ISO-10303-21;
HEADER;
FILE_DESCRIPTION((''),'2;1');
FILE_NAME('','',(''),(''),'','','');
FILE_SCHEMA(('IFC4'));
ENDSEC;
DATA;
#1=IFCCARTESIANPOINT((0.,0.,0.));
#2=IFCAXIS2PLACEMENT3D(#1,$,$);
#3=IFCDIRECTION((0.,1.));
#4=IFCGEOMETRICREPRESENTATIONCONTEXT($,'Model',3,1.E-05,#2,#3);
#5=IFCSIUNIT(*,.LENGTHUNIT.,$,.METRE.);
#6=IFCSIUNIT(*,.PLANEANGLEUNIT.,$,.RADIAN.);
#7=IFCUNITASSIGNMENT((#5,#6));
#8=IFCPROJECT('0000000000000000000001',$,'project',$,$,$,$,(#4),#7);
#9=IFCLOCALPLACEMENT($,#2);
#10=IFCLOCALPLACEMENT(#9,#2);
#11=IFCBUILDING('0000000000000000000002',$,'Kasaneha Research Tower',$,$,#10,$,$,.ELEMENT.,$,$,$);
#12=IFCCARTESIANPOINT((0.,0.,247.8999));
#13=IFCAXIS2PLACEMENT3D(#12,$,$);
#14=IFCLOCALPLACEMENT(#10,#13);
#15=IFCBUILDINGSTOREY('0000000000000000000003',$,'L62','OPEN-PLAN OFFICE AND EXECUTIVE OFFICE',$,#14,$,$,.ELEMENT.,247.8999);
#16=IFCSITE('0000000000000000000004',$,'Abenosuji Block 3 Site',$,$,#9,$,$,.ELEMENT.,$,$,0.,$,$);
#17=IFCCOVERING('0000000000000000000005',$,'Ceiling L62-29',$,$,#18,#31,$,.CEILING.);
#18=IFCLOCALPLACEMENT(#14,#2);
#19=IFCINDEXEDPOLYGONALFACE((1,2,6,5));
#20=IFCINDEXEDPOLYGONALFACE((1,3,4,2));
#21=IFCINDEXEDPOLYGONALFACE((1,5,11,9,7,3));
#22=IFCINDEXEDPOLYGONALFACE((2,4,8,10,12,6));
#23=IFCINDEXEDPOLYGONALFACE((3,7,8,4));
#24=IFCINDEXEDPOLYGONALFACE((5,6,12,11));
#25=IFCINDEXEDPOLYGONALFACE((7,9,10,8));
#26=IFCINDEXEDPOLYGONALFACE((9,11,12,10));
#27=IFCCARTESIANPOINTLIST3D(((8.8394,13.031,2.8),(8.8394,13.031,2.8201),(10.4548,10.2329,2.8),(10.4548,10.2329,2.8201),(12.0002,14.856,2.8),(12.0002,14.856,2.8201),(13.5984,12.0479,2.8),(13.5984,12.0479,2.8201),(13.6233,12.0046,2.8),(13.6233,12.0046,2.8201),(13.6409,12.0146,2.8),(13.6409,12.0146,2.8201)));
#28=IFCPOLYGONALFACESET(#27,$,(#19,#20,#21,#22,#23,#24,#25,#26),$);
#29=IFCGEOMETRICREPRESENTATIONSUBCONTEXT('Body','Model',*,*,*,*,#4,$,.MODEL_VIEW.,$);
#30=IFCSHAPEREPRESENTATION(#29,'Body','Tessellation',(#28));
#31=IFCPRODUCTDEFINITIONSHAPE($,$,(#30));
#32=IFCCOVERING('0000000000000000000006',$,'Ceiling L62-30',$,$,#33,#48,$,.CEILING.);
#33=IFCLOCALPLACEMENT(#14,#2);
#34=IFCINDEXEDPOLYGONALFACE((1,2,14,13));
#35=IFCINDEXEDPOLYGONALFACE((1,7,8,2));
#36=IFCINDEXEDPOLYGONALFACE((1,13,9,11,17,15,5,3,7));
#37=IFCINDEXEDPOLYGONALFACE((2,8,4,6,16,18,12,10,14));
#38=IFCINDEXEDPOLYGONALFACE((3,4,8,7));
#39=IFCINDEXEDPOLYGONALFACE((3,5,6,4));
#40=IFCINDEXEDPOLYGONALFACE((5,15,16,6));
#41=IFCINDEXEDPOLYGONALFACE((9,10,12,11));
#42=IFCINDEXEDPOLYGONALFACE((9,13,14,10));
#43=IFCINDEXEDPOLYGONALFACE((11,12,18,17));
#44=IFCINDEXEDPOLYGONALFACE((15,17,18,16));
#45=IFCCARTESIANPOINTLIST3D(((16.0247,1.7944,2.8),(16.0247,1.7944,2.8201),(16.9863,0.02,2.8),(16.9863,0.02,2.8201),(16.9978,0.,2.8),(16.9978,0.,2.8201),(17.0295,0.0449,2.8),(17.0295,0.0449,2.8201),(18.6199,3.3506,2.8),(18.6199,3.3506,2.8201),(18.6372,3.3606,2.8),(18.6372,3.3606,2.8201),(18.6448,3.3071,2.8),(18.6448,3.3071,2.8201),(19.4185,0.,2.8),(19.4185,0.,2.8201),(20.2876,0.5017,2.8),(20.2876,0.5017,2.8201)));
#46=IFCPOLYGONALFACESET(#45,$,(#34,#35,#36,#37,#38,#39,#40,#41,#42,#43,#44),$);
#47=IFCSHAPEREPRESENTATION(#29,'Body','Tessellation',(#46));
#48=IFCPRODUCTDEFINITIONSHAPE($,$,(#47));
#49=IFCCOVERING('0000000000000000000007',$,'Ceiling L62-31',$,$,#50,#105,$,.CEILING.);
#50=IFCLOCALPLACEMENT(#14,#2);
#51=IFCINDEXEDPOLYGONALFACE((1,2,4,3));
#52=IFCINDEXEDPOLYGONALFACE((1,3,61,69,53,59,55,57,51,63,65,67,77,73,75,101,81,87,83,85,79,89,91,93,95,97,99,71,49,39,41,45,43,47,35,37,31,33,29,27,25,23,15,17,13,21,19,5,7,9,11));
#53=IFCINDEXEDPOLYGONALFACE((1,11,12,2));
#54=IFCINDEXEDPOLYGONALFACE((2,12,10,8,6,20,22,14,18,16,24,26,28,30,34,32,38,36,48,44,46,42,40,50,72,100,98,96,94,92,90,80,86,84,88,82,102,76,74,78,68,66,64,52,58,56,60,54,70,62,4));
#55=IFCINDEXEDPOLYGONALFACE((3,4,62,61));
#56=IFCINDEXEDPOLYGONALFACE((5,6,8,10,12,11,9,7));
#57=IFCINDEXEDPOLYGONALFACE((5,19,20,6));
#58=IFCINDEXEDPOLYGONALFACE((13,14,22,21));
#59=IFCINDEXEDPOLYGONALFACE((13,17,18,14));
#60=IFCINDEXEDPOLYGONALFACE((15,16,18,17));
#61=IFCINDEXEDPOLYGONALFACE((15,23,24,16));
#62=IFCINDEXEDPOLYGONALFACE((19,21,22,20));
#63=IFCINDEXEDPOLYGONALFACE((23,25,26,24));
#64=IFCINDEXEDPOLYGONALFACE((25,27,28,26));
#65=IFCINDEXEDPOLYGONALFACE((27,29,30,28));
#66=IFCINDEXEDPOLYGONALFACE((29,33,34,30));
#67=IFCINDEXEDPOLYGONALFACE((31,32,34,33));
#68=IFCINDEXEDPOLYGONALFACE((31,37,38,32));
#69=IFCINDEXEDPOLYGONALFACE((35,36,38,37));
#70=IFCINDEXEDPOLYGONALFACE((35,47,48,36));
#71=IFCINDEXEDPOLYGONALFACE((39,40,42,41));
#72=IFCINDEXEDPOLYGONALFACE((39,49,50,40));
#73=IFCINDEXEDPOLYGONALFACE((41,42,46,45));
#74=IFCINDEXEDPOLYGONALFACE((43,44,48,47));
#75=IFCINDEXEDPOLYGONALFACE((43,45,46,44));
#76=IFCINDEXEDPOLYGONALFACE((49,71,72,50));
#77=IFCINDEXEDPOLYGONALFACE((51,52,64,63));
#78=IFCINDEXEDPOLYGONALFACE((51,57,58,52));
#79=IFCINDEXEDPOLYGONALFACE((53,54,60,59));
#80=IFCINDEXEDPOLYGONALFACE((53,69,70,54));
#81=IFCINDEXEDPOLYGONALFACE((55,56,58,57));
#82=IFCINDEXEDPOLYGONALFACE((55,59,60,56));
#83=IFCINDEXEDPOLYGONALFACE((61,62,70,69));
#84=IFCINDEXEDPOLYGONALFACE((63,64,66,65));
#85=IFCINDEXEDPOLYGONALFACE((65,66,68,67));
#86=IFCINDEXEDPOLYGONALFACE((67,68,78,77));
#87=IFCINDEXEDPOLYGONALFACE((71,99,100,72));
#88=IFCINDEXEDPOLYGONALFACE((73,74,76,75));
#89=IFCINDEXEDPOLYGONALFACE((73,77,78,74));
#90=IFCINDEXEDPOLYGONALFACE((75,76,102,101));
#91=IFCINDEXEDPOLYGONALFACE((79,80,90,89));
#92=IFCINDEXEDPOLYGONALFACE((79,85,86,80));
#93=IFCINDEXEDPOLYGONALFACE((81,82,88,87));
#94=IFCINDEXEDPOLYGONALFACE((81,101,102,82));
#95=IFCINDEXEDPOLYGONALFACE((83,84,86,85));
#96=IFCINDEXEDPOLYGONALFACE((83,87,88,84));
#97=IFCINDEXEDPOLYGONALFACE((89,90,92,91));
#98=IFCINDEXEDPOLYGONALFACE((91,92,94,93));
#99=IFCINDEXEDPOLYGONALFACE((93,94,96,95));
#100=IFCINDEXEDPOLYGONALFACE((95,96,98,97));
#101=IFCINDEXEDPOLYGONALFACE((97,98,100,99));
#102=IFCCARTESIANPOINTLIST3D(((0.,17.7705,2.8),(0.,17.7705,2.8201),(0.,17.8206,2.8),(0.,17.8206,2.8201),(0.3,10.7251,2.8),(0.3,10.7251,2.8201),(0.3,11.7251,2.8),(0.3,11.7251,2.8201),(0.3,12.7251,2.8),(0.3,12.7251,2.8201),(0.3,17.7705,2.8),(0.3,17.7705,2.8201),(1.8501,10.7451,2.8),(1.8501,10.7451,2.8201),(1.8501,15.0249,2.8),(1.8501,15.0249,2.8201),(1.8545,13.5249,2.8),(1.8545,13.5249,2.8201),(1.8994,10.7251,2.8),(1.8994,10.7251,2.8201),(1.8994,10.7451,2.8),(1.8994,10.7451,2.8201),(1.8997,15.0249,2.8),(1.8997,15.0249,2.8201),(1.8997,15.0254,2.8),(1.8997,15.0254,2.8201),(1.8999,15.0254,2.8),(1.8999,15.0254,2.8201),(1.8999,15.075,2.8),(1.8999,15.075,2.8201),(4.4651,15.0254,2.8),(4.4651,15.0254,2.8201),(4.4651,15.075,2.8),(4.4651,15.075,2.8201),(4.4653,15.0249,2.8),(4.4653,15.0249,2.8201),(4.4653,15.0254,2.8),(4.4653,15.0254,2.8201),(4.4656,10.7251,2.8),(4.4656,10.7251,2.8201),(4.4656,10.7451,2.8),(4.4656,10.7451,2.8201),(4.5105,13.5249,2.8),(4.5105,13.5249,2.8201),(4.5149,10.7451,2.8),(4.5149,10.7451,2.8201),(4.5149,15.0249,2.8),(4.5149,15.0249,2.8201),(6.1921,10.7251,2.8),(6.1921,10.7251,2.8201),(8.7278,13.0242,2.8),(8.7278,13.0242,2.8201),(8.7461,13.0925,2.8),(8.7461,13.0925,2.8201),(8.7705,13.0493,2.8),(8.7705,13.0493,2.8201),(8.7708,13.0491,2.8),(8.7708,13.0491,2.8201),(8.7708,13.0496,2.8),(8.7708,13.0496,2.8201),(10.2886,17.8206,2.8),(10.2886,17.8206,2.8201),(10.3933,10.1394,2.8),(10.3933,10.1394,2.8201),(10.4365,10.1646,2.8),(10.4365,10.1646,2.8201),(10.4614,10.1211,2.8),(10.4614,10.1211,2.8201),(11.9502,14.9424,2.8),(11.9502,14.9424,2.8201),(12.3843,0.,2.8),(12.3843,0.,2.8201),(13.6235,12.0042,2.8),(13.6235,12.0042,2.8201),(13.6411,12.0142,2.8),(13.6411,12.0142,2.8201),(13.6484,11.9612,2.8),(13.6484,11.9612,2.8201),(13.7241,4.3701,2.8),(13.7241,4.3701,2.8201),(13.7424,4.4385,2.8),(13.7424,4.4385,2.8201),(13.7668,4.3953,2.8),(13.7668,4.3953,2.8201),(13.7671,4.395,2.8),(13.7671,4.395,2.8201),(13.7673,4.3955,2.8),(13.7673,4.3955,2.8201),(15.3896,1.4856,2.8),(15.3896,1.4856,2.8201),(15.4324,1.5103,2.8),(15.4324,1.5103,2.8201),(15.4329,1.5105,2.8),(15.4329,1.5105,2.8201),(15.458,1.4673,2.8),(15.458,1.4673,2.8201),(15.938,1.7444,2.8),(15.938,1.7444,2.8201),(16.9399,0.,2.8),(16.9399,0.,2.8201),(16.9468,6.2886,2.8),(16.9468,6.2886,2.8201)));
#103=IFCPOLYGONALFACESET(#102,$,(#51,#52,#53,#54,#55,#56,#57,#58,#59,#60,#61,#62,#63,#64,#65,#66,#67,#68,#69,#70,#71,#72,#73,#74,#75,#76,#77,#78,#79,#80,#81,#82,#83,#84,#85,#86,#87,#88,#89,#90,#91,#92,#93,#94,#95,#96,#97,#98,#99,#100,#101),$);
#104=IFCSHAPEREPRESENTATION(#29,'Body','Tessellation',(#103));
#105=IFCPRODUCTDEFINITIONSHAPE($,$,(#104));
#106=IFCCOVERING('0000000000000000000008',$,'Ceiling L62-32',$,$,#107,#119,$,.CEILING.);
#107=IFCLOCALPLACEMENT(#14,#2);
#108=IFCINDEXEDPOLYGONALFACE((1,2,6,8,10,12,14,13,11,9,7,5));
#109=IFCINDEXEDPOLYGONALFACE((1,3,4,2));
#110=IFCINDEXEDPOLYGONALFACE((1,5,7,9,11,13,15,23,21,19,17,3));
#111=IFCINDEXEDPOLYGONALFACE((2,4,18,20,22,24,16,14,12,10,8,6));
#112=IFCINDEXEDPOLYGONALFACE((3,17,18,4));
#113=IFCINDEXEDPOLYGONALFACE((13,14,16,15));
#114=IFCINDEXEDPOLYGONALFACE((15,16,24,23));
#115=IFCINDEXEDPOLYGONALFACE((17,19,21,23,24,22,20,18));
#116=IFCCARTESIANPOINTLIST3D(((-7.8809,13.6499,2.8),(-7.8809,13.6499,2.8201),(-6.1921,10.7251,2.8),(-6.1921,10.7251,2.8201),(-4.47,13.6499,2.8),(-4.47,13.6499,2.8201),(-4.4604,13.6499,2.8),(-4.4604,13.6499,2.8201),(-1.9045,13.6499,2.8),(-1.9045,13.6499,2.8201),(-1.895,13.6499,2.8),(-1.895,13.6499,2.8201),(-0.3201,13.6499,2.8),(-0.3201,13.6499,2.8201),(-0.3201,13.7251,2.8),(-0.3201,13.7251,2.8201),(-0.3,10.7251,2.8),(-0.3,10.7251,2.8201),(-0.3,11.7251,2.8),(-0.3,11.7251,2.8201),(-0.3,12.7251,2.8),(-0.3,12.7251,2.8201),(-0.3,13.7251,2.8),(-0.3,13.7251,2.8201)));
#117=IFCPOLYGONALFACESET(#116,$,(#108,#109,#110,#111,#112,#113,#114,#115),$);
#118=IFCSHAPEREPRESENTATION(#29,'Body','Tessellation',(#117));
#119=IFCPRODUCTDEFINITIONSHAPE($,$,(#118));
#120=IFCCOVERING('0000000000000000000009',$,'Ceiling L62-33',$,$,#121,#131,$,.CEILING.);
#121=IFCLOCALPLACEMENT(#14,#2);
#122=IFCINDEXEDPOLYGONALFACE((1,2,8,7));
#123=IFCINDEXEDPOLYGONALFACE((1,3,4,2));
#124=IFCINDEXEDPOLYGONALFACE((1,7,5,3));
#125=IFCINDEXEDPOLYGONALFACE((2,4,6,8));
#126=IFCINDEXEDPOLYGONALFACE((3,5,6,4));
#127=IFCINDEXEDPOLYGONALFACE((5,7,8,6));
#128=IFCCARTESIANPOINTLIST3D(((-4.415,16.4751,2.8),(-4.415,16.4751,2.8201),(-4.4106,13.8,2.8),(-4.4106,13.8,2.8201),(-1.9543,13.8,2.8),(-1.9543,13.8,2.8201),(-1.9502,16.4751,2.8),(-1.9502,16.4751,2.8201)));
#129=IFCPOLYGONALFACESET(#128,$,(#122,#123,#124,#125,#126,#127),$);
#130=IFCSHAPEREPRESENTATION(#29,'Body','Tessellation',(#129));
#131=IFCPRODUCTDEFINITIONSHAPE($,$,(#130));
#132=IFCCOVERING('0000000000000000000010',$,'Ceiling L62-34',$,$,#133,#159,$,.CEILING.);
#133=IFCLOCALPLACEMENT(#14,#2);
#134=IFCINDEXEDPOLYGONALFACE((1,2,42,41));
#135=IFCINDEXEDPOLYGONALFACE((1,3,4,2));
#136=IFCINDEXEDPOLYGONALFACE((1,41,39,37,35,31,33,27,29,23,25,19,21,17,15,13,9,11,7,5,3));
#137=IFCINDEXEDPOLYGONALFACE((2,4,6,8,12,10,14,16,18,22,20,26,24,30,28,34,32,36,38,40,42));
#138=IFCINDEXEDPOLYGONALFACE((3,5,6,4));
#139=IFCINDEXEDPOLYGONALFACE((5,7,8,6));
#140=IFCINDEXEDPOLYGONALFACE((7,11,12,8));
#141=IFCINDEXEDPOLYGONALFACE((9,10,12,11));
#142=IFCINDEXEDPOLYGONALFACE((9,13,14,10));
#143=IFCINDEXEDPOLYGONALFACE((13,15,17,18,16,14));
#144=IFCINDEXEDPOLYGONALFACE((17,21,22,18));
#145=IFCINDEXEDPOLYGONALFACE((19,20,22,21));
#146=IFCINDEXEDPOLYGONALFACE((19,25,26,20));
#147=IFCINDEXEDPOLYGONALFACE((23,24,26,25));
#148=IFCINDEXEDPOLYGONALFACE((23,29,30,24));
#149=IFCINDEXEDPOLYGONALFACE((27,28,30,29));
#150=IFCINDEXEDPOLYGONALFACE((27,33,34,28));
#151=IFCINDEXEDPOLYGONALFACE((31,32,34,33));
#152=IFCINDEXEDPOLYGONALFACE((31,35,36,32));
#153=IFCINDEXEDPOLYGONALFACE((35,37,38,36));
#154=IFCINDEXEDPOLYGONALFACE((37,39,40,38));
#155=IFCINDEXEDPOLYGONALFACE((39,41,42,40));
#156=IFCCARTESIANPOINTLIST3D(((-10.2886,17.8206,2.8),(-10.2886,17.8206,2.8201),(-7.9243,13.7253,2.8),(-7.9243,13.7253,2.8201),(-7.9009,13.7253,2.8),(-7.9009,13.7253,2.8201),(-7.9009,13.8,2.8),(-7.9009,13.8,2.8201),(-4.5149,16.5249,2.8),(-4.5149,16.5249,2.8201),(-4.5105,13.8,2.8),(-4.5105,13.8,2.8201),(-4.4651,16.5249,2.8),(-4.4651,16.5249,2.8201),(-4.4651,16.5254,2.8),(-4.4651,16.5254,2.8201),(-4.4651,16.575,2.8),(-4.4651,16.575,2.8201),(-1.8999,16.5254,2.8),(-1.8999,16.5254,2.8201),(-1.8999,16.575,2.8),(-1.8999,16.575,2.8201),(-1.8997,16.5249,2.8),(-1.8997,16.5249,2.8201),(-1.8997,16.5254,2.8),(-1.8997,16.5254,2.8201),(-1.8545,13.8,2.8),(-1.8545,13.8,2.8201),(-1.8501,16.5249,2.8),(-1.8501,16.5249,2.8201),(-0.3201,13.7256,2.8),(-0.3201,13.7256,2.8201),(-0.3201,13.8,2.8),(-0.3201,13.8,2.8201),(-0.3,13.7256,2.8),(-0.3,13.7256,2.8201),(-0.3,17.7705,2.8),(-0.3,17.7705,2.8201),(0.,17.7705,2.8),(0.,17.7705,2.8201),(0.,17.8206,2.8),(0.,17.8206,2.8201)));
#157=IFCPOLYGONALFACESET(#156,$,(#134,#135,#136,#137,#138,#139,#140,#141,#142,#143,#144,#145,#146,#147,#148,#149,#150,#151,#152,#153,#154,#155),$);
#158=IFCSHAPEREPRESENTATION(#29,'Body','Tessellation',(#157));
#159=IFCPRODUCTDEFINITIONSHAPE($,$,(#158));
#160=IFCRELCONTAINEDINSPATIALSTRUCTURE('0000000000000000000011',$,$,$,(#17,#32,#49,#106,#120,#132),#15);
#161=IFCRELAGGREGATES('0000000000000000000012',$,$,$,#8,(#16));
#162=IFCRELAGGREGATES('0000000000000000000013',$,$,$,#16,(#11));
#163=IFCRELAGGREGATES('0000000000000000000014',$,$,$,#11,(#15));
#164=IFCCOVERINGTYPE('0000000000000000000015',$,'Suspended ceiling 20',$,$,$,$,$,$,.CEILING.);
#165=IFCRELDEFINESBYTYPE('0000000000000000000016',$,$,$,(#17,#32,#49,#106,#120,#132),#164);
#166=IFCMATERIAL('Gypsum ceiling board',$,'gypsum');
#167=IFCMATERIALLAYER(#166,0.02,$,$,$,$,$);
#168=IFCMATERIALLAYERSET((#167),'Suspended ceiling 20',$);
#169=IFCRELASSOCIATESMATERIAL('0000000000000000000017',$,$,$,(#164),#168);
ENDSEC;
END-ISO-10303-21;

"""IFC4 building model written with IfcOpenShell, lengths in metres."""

from ifc_helpers import new_model, si_unit, direction, frame, origin, place, context, subcontext, project, spatial, polyline, outline, extrude, material, layer, layer_set, type_object, element, save


model = new_model("IFC4")

# Units and contexts
model_context = context("Model", 3, precision=1e-05, world=origin(), true_north=direction((0.0, 1.0)))
body_context = subcontext(model_context, "Body", "Model", "MODEL_VIEW")
ifc_project = project(units=[si_unit("LENGTHUNIT", "METRE"), si_unit("PLANEANGLEUNIT", "RADIAN")], contexts=[model_context])

# Site, building, storey
site_placement = place(None, origin())
site = spatial("IfcSite", under=ifc_project, at=site_placement, Name="Abenosuji Block 3 Site", CompositionType="ELEMENT", RefElevation=0.0)
building_placement = place(site_placement, origin())
building = spatial("IfcBuilding", under=site, at=building_placement, Name="Kasaneha Research Tower", CompositionType="ELEMENT")
storey_placement = place(building_placement, frame((0.0, 0.0, 247.8999)))
storey = spatial("IfcBuildingStorey", under=building, at=storey_placement, Name="L62", Description="OPEN-PLAN OFFICE AND EXECUTIVE OFFICE", CompositionType="ELEMENT", Elevation=247.8999)

# Coverings
ifc_material_1 = material(Name="Gypsum ceiling board", Category="gypsum")
ifc_layer_1 = layer(ifc_material_1, 0.02)
ifc_layer_set_1 = layer_set([ifc_layer_1], Name="Suspended ceiling 20")
covering_type_1 = type_object("IfcCoveringType", Name="Suspended ceiling 20", PredefinedType="CEILING", material=ifc_layer_set_1)
covering_1_placement = place(storey_placement, frame((0.0, 0.0, 2.8)))
element("IfcCovering", 1, at=covering_1_placement, inside=storey, type_object=covering_type_1, Name="Ceiling L62-29", PredefinedType="CEILING", context=body_context, shape_type="SweptSolid", body=[
    extrude(outline(polyline([(13.6409, 12.0146), (13.6233, 12.0046), (13.5984, 12.0479), (10.4548, 10.2329), (8.8394, 13.031), (12.0002, 14.856), (13.6409, 12.0146)])), origin(), (0.0, 0.0, 1.0), 0.02),
])
covering_2_placement = place(storey_placement, frame((0.0, 0.0, 2.8)))
element("IfcCovering", 2, at=covering_2_placement, inside=storey, type_object=covering_type_1, Name="Ceiling L62-30", PredefinedType="CEILING", context=body_context, shape_type="SweptSolid", body=[
    extrude(outline(polyline([(16.9978, 0.0), (16.9863, 0.02), (17.0295, 0.0449), (16.0247, 1.7944), (18.6448, 3.3071), (18.6199, 3.3506), (18.6372, 3.3606), (20.2876, 0.5017), (19.4185, 0.0), (16.9978, 0.0)])), origin(), (0.0, 0.0, 1.0), 0.02),
])
covering_3_placement = place(storey_placement, frame((0.0, 0.0, 2.8)))
element("IfcCovering", 3, at=covering_3_placement, inside=storey, type_object=covering_type_1, Name="Ceiling L62-31", PredefinedType="CEILING", context=body_context, shape_type="SweptSolid", body=[
    extrude(outline(polyline([(4.4656, 10.7251), (4.4656, 10.7451), (4.5149, 10.7451), (4.5105, 13.5249), (4.5149, 15.0249), (4.4653, 15.0249), (4.4653, 15.0254), (4.4651, 15.0254), (4.4651, 15.075), (1.8999, 15.075), (1.8999, 15.0254), (1.8997, 15.0254), (1.8997, 15.0249), (1.8501, 15.0249), (1.8545, 13.5249), (1.8501, 10.7451), (1.8994, 10.7451), (1.8994, 10.7251), (0.3, 10.7251), (0.3, 11.7251), (0.3, 12.7251), (0.3, 17.7705), (0.3, 17.7705), (0.0, 17.7705), (0.0, 17.8206), (10.2886, 17.8206), (11.9502, 14.9424), (8.7461, 13.0925), (8.7708, 13.0496), (8.7705, 13.0493), (8.7708, 13.0491), (8.7278, 13.0242), (10.3933, 10.1394), (10.4365, 10.1646), (10.4614, 10.1211), (13.6484, 11.9612), (13.6235, 12.0042), (13.6411, 12.0142), (16.9468, 6.2886), (13.7424, 4.4385), (13.7673, 4.3955), (13.7668, 4.3953), (13.7671, 4.395), (13.7241, 4.3701), (15.3896, 1.4856), (15.4324, 1.5103), (15.4324, 1.5103), (15.4329, 1.5105), (15.458, 1.4673), (15.938, 1.7444), (16.9399, 0.0), (12.3843, 0.0), (6.1921, 10.7251), (4.4656, 10.7251)])), origin(), (0.0, 0.0, 1.0), 0.02),
])
covering_4_placement = place(storey_placement, frame((0.0, 0.0, 2.8)))
element("IfcCovering", 4, at=covering_4_placement, inside=storey, type_object=covering_type_1, Name="Ceiling L62-32", PredefinedType="CEILING", context=body_context, shape_type="SweptSolid", body=[
    extrude(outline(polyline([(-0.3, 11.7251), (-0.3, 10.7251), (-6.1921, 10.7251), (-7.8809, 13.6499), (-4.47, 13.6499), (-4.4604, 13.6499), (-1.9045, 13.6499), (-1.895, 13.6499), (-0.3201, 13.6499), (-0.3201, 13.7251), (-0.3, 13.7251), (-0.3, 12.7251), (-0.3, 11.7251)])), origin(), (0.0, 0.0, 1.0), 0.02),
])
covering_5_placement = place(storey_placement, frame((0.0, 0.0, 2.8)))
element("IfcCovering", 5, at=covering_5_placement, inside=storey, type_object=covering_type_1, Name="Ceiling L62-33", PredefinedType="CEILING", context=body_context, shape_type="SweptSolid", body=[
    extrude(outline(polyline([(-1.9502, 16.4751), (-1.9543, 13.8), (-4.4106, 13.8), (-4.415, 16.4751), (-1.9502, 16.4751)])), origin(), (0.0, 0.0, 1.0), 0.02),
])
covering_6_placement = place(storey_placement, frame((0.0, 0.0, 2.8)))
element("IfcCovering", 6, at=covering_6_placement, inside=storey, type_object=covering_type_1, Name="Ceiling L62-34", PredefinedType="CEILING", context=body_context, shape_type="SweptSolid", body=[
    extrude(outline(polyline([(-0.3201, 13.7256), (-0.3201, 13.8), (-1.8545, 13.8), (-1.8501, 16.5249), (-1.8997, 16.5249), (-1.8997, 16.5254), (-1.8999, 16.5254), (-1.8999, 16.575), (-4.4651, 16.575), (-4.4651, 16.5254), (-4.4651, 16.5249), (-4.5149, 16.5249), (-4.5105, 13.8), (-7.9009, 13.8), (-7.9009, 13.7253), (-7.9243, 13.7253), (-10.2886, 17.8206), (0.0, 17.8206), (0.0, 17.7705), (-0.3, 17.7705), (-0.3, 17.7705), (-0.3, 13.7256), (-0.3201, 13.7256)])), origin(), (0.0, 0.0, 1.0), 0.02),
])

save(model, "model.ifc")
